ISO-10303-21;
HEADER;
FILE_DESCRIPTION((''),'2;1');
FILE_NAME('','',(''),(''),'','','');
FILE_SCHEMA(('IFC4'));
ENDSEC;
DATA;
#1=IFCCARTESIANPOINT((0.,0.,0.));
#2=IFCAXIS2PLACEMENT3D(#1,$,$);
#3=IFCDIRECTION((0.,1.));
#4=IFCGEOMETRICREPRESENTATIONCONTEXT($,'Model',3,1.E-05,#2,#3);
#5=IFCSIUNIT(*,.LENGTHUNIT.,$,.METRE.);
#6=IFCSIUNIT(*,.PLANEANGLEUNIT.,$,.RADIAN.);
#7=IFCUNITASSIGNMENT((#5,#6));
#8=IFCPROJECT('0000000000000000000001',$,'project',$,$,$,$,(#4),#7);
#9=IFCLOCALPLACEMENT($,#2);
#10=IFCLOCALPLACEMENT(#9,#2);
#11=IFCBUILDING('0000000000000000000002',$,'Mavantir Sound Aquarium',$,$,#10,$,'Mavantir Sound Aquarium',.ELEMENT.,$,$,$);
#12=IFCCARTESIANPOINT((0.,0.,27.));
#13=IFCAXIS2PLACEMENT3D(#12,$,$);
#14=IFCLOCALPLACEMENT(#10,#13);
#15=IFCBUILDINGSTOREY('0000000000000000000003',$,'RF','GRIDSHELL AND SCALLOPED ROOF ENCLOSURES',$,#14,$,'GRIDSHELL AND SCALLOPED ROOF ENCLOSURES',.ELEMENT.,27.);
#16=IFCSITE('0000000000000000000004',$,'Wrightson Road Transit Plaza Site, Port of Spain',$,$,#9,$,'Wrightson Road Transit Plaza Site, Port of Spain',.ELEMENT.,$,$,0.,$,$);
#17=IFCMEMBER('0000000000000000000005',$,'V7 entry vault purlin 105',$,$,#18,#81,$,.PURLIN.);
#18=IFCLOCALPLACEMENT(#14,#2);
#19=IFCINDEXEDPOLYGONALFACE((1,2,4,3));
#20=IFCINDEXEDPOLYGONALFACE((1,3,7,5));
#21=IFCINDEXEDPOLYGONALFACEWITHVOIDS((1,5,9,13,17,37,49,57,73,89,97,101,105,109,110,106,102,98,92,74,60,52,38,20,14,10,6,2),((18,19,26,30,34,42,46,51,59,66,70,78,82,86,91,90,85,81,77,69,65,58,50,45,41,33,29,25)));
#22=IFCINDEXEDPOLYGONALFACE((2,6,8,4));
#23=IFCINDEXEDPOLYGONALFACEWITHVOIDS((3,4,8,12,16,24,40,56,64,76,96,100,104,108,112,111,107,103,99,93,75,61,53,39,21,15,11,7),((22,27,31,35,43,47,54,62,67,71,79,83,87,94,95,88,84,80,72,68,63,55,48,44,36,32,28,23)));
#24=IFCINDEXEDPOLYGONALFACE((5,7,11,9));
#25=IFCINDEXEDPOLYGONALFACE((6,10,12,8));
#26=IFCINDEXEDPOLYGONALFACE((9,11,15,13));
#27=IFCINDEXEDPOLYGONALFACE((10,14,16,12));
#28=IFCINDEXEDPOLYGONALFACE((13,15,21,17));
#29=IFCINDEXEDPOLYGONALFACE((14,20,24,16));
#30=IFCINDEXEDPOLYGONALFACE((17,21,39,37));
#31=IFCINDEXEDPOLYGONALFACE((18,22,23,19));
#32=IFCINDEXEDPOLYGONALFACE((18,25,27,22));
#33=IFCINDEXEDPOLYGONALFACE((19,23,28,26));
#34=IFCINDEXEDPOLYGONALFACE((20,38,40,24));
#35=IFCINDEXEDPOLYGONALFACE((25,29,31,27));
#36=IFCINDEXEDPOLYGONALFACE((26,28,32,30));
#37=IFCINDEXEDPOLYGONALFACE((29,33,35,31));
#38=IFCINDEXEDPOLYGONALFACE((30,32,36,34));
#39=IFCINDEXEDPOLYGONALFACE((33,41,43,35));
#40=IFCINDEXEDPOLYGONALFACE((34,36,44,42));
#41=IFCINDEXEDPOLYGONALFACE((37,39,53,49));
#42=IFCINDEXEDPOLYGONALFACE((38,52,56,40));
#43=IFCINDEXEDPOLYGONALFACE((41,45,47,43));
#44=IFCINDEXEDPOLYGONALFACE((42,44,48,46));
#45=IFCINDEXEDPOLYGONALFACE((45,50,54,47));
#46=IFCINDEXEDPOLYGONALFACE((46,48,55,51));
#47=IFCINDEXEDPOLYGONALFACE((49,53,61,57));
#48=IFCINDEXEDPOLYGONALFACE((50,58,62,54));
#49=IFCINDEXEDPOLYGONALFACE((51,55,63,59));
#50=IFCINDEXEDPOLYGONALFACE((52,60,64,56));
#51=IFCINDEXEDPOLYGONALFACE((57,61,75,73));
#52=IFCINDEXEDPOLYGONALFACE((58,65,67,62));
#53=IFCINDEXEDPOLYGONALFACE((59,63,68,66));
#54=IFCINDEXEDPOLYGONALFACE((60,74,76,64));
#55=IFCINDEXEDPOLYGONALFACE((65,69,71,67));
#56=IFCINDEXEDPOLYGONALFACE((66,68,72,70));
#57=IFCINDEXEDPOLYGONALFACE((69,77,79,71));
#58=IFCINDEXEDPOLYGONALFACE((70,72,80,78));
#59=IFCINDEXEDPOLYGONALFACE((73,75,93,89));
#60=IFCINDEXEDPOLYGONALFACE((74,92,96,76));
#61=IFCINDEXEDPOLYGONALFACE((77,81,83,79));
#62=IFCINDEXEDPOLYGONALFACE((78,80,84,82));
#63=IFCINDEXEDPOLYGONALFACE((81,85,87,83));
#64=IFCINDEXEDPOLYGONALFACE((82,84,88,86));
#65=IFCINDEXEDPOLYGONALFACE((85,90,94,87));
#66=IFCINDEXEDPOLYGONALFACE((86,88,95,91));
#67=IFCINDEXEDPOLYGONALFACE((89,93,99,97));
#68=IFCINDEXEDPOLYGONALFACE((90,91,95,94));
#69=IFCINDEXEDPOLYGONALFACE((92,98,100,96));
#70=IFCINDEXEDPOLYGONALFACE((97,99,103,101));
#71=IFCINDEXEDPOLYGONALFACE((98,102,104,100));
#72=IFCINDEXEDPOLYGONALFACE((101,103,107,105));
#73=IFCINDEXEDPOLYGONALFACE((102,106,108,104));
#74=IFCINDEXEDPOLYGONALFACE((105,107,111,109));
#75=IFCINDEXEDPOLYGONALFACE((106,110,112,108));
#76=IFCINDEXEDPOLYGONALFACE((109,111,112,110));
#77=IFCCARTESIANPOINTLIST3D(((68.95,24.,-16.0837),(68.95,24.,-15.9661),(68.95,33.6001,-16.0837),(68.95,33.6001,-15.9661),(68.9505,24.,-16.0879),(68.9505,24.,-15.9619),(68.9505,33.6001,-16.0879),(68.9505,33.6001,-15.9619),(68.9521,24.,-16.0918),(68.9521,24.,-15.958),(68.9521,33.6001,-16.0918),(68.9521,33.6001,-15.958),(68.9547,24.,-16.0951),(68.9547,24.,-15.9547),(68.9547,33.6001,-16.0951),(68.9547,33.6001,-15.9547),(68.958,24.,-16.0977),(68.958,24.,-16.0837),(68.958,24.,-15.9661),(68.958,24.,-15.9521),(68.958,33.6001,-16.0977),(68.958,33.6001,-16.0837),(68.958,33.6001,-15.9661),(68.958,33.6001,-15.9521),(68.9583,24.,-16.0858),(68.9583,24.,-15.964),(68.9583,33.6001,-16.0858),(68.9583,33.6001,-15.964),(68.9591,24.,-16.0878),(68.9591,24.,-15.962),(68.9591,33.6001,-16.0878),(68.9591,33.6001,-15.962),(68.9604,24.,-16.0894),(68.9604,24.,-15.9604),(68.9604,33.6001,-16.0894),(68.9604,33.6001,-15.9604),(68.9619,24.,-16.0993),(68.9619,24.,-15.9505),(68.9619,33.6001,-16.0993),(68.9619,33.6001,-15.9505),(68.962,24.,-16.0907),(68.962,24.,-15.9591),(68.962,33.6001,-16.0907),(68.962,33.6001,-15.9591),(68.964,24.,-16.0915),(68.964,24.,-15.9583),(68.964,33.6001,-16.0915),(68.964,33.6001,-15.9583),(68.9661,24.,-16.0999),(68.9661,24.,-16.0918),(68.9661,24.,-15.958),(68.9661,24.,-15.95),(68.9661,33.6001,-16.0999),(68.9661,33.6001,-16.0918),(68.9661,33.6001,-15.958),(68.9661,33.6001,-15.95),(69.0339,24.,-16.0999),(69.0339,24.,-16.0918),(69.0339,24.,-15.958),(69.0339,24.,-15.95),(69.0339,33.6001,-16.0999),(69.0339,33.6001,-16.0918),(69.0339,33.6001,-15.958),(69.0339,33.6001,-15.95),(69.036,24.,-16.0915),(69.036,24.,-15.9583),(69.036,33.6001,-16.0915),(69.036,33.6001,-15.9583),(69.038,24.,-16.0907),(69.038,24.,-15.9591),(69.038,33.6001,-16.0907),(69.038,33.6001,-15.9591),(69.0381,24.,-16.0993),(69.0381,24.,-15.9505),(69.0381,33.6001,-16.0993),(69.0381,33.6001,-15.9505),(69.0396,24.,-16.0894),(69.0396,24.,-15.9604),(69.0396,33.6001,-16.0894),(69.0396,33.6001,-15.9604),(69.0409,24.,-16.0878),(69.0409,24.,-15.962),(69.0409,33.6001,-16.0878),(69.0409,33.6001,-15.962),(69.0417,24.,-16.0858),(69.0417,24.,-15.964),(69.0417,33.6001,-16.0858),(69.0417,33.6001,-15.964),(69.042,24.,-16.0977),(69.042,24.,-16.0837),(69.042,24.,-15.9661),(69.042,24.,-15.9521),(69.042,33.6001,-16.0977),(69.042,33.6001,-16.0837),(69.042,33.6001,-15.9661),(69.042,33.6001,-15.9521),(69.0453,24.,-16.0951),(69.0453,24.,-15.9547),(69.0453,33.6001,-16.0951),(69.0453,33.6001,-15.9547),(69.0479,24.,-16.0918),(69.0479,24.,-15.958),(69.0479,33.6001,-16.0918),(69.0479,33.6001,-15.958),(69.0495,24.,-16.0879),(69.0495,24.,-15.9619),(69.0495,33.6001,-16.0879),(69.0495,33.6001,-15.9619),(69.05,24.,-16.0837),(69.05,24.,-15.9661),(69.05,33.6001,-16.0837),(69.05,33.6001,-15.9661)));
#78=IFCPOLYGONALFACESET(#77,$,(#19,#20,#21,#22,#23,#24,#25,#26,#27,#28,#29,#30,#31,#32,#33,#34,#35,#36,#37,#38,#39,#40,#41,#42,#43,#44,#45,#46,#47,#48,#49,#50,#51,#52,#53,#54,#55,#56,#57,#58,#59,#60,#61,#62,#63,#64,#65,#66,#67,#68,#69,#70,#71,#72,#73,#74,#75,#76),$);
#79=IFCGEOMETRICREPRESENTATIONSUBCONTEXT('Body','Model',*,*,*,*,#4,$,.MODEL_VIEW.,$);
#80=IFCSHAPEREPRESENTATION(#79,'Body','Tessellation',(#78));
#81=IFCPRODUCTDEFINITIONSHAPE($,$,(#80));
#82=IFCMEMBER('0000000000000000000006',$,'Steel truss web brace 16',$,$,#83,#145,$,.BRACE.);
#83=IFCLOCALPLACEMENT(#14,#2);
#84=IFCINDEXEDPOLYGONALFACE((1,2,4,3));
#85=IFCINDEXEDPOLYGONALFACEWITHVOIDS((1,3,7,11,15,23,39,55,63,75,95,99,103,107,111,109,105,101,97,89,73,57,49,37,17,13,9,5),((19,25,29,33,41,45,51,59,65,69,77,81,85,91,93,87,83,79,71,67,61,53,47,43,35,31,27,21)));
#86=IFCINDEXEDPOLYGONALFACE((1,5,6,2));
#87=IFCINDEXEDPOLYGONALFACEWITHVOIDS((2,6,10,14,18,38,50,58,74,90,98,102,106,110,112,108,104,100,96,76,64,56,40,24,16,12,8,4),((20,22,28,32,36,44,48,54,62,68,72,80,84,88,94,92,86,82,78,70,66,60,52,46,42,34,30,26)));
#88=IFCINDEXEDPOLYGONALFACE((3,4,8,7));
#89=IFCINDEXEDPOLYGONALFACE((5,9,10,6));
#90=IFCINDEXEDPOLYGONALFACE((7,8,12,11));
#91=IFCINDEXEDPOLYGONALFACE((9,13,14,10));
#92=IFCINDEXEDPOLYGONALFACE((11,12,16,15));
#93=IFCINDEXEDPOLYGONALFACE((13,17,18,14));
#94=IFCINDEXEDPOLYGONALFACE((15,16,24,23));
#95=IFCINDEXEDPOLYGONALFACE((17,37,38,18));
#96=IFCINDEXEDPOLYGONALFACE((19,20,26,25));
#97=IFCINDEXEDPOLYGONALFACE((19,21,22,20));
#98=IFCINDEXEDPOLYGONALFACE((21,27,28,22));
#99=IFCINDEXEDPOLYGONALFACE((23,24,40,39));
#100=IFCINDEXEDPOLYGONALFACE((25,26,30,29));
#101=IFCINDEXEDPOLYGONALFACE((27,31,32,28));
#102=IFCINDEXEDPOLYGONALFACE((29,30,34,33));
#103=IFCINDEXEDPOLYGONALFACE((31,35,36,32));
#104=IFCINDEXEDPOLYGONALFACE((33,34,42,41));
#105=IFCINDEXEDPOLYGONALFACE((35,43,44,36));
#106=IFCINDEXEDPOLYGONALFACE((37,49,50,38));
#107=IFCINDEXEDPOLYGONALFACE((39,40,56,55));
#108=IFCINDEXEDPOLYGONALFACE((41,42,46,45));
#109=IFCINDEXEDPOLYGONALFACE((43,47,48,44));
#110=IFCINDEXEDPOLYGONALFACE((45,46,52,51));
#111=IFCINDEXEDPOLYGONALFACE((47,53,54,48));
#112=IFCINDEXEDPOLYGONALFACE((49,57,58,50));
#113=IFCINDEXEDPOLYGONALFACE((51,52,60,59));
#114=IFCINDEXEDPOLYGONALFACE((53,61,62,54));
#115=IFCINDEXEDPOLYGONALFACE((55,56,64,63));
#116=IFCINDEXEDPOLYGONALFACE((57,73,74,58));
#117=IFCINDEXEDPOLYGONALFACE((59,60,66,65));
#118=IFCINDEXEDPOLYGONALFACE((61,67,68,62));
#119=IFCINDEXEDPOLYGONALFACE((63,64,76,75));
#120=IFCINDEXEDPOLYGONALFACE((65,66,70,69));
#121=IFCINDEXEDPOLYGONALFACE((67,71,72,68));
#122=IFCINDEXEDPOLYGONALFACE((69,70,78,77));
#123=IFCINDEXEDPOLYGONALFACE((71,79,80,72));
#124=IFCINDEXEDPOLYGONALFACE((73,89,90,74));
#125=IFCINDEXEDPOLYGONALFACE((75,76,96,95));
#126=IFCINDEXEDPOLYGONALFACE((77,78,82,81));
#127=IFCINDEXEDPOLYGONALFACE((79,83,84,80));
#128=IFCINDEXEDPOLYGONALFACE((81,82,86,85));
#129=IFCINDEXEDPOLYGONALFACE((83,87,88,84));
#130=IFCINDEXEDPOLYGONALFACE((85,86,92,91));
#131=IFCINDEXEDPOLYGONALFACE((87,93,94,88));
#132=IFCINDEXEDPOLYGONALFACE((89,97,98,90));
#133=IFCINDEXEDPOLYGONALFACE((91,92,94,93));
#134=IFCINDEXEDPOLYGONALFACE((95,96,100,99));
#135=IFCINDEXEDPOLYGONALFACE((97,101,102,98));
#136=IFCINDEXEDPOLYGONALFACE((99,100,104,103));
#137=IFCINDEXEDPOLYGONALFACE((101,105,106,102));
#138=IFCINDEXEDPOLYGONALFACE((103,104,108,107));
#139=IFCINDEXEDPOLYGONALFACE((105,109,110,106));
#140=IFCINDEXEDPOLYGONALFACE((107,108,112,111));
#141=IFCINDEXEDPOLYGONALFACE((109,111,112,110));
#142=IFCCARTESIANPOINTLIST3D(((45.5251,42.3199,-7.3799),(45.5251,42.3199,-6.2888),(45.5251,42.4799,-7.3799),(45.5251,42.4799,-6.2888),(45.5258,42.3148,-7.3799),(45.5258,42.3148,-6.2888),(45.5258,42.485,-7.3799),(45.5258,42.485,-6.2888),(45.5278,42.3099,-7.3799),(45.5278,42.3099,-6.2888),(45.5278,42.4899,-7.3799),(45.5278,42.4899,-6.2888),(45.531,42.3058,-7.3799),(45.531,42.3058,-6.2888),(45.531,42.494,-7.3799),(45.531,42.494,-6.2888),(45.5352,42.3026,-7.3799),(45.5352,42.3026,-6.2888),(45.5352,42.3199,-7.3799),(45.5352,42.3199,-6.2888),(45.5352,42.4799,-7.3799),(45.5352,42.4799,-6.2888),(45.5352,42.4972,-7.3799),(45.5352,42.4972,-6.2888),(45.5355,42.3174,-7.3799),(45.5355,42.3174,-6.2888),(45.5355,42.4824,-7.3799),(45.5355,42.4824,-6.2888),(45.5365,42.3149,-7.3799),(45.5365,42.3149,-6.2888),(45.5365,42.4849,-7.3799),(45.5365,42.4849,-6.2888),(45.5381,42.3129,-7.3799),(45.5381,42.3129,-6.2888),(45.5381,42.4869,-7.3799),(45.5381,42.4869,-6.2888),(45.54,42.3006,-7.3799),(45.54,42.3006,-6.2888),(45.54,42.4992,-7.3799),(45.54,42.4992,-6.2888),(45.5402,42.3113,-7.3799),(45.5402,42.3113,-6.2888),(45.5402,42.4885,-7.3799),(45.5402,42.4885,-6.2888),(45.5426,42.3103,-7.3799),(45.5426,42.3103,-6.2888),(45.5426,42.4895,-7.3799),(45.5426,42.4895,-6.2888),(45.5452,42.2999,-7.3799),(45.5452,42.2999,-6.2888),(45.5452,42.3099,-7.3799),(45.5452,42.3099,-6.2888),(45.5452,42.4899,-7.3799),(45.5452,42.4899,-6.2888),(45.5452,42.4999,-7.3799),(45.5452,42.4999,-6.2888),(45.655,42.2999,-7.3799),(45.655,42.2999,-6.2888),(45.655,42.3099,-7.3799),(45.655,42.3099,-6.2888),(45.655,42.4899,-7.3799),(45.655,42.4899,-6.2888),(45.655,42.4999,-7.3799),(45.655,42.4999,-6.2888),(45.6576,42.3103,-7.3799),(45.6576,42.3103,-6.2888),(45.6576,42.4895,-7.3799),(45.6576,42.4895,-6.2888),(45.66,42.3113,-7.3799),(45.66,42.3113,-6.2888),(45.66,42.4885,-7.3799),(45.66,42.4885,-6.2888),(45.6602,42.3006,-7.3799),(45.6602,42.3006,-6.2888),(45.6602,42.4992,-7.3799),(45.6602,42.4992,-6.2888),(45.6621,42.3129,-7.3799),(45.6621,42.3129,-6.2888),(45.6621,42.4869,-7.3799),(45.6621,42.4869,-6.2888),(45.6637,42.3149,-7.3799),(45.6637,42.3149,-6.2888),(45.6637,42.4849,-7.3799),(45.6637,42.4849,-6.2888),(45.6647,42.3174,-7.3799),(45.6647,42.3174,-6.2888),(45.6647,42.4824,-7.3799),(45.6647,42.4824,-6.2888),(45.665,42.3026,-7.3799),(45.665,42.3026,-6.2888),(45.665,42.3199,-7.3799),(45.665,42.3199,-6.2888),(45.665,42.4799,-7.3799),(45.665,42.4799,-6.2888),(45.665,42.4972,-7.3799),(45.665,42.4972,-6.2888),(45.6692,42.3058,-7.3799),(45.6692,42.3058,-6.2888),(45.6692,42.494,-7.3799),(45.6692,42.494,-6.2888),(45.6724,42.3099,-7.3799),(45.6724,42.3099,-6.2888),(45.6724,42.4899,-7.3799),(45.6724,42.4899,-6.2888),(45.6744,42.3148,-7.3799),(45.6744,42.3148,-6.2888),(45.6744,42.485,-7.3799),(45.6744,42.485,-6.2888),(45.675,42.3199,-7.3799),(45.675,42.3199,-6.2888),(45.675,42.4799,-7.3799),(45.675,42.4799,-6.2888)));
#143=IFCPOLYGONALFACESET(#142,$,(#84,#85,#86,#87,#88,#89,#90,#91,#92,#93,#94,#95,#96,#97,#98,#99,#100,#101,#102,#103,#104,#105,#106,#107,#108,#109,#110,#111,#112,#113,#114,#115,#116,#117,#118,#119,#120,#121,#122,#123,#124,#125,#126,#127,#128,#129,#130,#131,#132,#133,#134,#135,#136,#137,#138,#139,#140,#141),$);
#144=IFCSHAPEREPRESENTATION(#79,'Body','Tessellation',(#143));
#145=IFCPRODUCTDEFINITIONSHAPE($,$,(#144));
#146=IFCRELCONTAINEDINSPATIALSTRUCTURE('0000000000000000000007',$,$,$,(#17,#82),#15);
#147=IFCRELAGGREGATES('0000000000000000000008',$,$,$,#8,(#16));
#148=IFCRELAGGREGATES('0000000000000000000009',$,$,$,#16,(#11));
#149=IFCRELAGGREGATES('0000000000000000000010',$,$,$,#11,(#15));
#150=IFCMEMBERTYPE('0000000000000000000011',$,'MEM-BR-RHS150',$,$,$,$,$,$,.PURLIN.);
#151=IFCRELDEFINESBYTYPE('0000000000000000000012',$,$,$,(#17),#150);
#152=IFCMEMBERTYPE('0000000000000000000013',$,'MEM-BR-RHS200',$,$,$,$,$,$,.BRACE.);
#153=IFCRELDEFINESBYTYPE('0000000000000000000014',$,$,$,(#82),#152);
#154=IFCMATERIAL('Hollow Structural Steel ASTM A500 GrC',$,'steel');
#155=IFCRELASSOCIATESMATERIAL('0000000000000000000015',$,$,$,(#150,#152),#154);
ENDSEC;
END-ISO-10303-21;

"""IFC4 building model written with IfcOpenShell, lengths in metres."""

from ifc_helpers import new_model, si_unit, direction, frame, origin, origin_2d, place, context, subcontext, project, spatial, hollow_rectangle, extrude, material, material_profile, profile_set, type_object, element, save


model = new_model("IFC4")

# Units and contexts
model_context = context("Model", 3, precision=1e-05, world=origin(), true_north=direction((0.0, 1.0)))
body_context = subcontext(model_context, "Body", "Model", "MODEL_VIEW")
ifc_project = project(units=[si_unit("LENGTHUNIT", "METRE"), si_unit("PLANEANGLEUNIT", "RADIAN")], contexts=[model_context])

# Site, building, storey
site_placement = place(None, origin())
site = spatial("IfcSite", under=ifc_project, at=site_placement, Name="Wrightson Road Transit Plaza Site, Port of Spain", LongName="Wrightson Road Transit Plaza Site, Port of Spain", CompositionType="ELEMENT", RefElevation=0.0)
building_placement = place(site_placement, origin())
building = spatial("IfcBuilding", under=site, at=building_placement, Name="Mavantir Sound Aquarium", LongName="Mavantir Sound Aquarium", CompositionType="ELEMENT")
storey_placement = place(building_placement, frame((0.0, 0.0, 27.0)))
storey = spatial("IfcBuildingStorey", under=building, at=storey_placement, Name="RF", Description="GRIDSHELL AND SCALLOPED ROOF ENCLOSURES", LongName="GRIDSHELL AND SCALLOPED ROOF ENCLOSURES", CompositionType="ELEMENT", Elevation=27.0)

# Shared definitions
ifc_material_1 = material(Name="Hollow Structural Steel ASTM A500 GrC", Category="steel")

# Members
ifc_material_profile_1 = material_profile(ifc_material_1, hollow_rectangle(XDim=0.1001, YDim=0.1499, WallThickness=0.0081, InnerFilletRadius=0.0081, OuterFilletRadius=0.0161, at=origin_2d()), Name="RHS 150X100X8")
ifc_profile_set_1 = profile_set([ifc_material_profile_1], Name="Hollow Structural Steel ASTM A500 GrC")
member_type_1 = type_object("IfcMemberType", Name="MEM-BR-RHS150", PredefinedType="PURLIN", material=ifc_profile_set_1)
for number, where, z_axis, x_axis, name in (
    (1, (69.0, 24.0, -16.0249), (0.0, 1.0, 0.0), (-1.0, 0.0, 0.0), "V7 entry vault purlin 105"),
):
    element("IfcMember", number, at=place(storey_placement, frame(where, z_axis=z_axis, x_axis=x_axis)), inside=storey, type_object=member_type_1, Name=name, PredefinedType="PURLIN", context=body_context, shape_type="SweptSolid", body=[
        extrude(hollow_rectangle(XDim=0.1001, YDim=0.1499, WallThickness=0.0081, InnerFilletRadius=0.0081, OuterFilletRadius=0.0161, at=origin_2d()), origin(), (0.0, 0.0, 1.0), 9.6001),
    ])
ifc_material_profile_2 = material_profile(ifc_material_1, hollow_rectangle(XDim=0.1499, YDim=0.2, WallThickness=0.01, InnerFilletRadius=0.01, OuterFilletRadius=0.02, at=origin_2d()), Name="RHS 200X150X10")
ifc_profile_set_2 = profile_set([ifc_material_profile_2], Name="Hollow Structural Steel ASTM A500 GrC")
member_type_2 = type_object("IfcMemberType", Name="MEM-BR-RHS200", PredefinedType="BRACE", material=ifc_profile_set_2)
for number, where, z_axis, x_axis, name in (
    (2, (45.6001, 42.3999, -7.3799), (0.0, 0.0, 1.0), (1.0, 0.0, 0.0), "Steel truss web brace 16"),
):
    element("IfcMember", number, at=place(storey_placement, frame(where, z_axis=z_axis, x_axis=x_axis)), inside=storey, type_object=member_type_2, Name=name, PredefinedType="BRACE", context=body_context, shape_type="SweptSolid", body=[
        extrude(hollow_rectangle(XDim=0.1499, YDim=0.2, WallThickness=0.01, InnerFilletRadius=0.01, OuterFilletRadius=0.02, at=origin_2d()), origin(), (0.0, 0.0, 1.0), 1.0911),
    ])

save(model, "model.ifc")
